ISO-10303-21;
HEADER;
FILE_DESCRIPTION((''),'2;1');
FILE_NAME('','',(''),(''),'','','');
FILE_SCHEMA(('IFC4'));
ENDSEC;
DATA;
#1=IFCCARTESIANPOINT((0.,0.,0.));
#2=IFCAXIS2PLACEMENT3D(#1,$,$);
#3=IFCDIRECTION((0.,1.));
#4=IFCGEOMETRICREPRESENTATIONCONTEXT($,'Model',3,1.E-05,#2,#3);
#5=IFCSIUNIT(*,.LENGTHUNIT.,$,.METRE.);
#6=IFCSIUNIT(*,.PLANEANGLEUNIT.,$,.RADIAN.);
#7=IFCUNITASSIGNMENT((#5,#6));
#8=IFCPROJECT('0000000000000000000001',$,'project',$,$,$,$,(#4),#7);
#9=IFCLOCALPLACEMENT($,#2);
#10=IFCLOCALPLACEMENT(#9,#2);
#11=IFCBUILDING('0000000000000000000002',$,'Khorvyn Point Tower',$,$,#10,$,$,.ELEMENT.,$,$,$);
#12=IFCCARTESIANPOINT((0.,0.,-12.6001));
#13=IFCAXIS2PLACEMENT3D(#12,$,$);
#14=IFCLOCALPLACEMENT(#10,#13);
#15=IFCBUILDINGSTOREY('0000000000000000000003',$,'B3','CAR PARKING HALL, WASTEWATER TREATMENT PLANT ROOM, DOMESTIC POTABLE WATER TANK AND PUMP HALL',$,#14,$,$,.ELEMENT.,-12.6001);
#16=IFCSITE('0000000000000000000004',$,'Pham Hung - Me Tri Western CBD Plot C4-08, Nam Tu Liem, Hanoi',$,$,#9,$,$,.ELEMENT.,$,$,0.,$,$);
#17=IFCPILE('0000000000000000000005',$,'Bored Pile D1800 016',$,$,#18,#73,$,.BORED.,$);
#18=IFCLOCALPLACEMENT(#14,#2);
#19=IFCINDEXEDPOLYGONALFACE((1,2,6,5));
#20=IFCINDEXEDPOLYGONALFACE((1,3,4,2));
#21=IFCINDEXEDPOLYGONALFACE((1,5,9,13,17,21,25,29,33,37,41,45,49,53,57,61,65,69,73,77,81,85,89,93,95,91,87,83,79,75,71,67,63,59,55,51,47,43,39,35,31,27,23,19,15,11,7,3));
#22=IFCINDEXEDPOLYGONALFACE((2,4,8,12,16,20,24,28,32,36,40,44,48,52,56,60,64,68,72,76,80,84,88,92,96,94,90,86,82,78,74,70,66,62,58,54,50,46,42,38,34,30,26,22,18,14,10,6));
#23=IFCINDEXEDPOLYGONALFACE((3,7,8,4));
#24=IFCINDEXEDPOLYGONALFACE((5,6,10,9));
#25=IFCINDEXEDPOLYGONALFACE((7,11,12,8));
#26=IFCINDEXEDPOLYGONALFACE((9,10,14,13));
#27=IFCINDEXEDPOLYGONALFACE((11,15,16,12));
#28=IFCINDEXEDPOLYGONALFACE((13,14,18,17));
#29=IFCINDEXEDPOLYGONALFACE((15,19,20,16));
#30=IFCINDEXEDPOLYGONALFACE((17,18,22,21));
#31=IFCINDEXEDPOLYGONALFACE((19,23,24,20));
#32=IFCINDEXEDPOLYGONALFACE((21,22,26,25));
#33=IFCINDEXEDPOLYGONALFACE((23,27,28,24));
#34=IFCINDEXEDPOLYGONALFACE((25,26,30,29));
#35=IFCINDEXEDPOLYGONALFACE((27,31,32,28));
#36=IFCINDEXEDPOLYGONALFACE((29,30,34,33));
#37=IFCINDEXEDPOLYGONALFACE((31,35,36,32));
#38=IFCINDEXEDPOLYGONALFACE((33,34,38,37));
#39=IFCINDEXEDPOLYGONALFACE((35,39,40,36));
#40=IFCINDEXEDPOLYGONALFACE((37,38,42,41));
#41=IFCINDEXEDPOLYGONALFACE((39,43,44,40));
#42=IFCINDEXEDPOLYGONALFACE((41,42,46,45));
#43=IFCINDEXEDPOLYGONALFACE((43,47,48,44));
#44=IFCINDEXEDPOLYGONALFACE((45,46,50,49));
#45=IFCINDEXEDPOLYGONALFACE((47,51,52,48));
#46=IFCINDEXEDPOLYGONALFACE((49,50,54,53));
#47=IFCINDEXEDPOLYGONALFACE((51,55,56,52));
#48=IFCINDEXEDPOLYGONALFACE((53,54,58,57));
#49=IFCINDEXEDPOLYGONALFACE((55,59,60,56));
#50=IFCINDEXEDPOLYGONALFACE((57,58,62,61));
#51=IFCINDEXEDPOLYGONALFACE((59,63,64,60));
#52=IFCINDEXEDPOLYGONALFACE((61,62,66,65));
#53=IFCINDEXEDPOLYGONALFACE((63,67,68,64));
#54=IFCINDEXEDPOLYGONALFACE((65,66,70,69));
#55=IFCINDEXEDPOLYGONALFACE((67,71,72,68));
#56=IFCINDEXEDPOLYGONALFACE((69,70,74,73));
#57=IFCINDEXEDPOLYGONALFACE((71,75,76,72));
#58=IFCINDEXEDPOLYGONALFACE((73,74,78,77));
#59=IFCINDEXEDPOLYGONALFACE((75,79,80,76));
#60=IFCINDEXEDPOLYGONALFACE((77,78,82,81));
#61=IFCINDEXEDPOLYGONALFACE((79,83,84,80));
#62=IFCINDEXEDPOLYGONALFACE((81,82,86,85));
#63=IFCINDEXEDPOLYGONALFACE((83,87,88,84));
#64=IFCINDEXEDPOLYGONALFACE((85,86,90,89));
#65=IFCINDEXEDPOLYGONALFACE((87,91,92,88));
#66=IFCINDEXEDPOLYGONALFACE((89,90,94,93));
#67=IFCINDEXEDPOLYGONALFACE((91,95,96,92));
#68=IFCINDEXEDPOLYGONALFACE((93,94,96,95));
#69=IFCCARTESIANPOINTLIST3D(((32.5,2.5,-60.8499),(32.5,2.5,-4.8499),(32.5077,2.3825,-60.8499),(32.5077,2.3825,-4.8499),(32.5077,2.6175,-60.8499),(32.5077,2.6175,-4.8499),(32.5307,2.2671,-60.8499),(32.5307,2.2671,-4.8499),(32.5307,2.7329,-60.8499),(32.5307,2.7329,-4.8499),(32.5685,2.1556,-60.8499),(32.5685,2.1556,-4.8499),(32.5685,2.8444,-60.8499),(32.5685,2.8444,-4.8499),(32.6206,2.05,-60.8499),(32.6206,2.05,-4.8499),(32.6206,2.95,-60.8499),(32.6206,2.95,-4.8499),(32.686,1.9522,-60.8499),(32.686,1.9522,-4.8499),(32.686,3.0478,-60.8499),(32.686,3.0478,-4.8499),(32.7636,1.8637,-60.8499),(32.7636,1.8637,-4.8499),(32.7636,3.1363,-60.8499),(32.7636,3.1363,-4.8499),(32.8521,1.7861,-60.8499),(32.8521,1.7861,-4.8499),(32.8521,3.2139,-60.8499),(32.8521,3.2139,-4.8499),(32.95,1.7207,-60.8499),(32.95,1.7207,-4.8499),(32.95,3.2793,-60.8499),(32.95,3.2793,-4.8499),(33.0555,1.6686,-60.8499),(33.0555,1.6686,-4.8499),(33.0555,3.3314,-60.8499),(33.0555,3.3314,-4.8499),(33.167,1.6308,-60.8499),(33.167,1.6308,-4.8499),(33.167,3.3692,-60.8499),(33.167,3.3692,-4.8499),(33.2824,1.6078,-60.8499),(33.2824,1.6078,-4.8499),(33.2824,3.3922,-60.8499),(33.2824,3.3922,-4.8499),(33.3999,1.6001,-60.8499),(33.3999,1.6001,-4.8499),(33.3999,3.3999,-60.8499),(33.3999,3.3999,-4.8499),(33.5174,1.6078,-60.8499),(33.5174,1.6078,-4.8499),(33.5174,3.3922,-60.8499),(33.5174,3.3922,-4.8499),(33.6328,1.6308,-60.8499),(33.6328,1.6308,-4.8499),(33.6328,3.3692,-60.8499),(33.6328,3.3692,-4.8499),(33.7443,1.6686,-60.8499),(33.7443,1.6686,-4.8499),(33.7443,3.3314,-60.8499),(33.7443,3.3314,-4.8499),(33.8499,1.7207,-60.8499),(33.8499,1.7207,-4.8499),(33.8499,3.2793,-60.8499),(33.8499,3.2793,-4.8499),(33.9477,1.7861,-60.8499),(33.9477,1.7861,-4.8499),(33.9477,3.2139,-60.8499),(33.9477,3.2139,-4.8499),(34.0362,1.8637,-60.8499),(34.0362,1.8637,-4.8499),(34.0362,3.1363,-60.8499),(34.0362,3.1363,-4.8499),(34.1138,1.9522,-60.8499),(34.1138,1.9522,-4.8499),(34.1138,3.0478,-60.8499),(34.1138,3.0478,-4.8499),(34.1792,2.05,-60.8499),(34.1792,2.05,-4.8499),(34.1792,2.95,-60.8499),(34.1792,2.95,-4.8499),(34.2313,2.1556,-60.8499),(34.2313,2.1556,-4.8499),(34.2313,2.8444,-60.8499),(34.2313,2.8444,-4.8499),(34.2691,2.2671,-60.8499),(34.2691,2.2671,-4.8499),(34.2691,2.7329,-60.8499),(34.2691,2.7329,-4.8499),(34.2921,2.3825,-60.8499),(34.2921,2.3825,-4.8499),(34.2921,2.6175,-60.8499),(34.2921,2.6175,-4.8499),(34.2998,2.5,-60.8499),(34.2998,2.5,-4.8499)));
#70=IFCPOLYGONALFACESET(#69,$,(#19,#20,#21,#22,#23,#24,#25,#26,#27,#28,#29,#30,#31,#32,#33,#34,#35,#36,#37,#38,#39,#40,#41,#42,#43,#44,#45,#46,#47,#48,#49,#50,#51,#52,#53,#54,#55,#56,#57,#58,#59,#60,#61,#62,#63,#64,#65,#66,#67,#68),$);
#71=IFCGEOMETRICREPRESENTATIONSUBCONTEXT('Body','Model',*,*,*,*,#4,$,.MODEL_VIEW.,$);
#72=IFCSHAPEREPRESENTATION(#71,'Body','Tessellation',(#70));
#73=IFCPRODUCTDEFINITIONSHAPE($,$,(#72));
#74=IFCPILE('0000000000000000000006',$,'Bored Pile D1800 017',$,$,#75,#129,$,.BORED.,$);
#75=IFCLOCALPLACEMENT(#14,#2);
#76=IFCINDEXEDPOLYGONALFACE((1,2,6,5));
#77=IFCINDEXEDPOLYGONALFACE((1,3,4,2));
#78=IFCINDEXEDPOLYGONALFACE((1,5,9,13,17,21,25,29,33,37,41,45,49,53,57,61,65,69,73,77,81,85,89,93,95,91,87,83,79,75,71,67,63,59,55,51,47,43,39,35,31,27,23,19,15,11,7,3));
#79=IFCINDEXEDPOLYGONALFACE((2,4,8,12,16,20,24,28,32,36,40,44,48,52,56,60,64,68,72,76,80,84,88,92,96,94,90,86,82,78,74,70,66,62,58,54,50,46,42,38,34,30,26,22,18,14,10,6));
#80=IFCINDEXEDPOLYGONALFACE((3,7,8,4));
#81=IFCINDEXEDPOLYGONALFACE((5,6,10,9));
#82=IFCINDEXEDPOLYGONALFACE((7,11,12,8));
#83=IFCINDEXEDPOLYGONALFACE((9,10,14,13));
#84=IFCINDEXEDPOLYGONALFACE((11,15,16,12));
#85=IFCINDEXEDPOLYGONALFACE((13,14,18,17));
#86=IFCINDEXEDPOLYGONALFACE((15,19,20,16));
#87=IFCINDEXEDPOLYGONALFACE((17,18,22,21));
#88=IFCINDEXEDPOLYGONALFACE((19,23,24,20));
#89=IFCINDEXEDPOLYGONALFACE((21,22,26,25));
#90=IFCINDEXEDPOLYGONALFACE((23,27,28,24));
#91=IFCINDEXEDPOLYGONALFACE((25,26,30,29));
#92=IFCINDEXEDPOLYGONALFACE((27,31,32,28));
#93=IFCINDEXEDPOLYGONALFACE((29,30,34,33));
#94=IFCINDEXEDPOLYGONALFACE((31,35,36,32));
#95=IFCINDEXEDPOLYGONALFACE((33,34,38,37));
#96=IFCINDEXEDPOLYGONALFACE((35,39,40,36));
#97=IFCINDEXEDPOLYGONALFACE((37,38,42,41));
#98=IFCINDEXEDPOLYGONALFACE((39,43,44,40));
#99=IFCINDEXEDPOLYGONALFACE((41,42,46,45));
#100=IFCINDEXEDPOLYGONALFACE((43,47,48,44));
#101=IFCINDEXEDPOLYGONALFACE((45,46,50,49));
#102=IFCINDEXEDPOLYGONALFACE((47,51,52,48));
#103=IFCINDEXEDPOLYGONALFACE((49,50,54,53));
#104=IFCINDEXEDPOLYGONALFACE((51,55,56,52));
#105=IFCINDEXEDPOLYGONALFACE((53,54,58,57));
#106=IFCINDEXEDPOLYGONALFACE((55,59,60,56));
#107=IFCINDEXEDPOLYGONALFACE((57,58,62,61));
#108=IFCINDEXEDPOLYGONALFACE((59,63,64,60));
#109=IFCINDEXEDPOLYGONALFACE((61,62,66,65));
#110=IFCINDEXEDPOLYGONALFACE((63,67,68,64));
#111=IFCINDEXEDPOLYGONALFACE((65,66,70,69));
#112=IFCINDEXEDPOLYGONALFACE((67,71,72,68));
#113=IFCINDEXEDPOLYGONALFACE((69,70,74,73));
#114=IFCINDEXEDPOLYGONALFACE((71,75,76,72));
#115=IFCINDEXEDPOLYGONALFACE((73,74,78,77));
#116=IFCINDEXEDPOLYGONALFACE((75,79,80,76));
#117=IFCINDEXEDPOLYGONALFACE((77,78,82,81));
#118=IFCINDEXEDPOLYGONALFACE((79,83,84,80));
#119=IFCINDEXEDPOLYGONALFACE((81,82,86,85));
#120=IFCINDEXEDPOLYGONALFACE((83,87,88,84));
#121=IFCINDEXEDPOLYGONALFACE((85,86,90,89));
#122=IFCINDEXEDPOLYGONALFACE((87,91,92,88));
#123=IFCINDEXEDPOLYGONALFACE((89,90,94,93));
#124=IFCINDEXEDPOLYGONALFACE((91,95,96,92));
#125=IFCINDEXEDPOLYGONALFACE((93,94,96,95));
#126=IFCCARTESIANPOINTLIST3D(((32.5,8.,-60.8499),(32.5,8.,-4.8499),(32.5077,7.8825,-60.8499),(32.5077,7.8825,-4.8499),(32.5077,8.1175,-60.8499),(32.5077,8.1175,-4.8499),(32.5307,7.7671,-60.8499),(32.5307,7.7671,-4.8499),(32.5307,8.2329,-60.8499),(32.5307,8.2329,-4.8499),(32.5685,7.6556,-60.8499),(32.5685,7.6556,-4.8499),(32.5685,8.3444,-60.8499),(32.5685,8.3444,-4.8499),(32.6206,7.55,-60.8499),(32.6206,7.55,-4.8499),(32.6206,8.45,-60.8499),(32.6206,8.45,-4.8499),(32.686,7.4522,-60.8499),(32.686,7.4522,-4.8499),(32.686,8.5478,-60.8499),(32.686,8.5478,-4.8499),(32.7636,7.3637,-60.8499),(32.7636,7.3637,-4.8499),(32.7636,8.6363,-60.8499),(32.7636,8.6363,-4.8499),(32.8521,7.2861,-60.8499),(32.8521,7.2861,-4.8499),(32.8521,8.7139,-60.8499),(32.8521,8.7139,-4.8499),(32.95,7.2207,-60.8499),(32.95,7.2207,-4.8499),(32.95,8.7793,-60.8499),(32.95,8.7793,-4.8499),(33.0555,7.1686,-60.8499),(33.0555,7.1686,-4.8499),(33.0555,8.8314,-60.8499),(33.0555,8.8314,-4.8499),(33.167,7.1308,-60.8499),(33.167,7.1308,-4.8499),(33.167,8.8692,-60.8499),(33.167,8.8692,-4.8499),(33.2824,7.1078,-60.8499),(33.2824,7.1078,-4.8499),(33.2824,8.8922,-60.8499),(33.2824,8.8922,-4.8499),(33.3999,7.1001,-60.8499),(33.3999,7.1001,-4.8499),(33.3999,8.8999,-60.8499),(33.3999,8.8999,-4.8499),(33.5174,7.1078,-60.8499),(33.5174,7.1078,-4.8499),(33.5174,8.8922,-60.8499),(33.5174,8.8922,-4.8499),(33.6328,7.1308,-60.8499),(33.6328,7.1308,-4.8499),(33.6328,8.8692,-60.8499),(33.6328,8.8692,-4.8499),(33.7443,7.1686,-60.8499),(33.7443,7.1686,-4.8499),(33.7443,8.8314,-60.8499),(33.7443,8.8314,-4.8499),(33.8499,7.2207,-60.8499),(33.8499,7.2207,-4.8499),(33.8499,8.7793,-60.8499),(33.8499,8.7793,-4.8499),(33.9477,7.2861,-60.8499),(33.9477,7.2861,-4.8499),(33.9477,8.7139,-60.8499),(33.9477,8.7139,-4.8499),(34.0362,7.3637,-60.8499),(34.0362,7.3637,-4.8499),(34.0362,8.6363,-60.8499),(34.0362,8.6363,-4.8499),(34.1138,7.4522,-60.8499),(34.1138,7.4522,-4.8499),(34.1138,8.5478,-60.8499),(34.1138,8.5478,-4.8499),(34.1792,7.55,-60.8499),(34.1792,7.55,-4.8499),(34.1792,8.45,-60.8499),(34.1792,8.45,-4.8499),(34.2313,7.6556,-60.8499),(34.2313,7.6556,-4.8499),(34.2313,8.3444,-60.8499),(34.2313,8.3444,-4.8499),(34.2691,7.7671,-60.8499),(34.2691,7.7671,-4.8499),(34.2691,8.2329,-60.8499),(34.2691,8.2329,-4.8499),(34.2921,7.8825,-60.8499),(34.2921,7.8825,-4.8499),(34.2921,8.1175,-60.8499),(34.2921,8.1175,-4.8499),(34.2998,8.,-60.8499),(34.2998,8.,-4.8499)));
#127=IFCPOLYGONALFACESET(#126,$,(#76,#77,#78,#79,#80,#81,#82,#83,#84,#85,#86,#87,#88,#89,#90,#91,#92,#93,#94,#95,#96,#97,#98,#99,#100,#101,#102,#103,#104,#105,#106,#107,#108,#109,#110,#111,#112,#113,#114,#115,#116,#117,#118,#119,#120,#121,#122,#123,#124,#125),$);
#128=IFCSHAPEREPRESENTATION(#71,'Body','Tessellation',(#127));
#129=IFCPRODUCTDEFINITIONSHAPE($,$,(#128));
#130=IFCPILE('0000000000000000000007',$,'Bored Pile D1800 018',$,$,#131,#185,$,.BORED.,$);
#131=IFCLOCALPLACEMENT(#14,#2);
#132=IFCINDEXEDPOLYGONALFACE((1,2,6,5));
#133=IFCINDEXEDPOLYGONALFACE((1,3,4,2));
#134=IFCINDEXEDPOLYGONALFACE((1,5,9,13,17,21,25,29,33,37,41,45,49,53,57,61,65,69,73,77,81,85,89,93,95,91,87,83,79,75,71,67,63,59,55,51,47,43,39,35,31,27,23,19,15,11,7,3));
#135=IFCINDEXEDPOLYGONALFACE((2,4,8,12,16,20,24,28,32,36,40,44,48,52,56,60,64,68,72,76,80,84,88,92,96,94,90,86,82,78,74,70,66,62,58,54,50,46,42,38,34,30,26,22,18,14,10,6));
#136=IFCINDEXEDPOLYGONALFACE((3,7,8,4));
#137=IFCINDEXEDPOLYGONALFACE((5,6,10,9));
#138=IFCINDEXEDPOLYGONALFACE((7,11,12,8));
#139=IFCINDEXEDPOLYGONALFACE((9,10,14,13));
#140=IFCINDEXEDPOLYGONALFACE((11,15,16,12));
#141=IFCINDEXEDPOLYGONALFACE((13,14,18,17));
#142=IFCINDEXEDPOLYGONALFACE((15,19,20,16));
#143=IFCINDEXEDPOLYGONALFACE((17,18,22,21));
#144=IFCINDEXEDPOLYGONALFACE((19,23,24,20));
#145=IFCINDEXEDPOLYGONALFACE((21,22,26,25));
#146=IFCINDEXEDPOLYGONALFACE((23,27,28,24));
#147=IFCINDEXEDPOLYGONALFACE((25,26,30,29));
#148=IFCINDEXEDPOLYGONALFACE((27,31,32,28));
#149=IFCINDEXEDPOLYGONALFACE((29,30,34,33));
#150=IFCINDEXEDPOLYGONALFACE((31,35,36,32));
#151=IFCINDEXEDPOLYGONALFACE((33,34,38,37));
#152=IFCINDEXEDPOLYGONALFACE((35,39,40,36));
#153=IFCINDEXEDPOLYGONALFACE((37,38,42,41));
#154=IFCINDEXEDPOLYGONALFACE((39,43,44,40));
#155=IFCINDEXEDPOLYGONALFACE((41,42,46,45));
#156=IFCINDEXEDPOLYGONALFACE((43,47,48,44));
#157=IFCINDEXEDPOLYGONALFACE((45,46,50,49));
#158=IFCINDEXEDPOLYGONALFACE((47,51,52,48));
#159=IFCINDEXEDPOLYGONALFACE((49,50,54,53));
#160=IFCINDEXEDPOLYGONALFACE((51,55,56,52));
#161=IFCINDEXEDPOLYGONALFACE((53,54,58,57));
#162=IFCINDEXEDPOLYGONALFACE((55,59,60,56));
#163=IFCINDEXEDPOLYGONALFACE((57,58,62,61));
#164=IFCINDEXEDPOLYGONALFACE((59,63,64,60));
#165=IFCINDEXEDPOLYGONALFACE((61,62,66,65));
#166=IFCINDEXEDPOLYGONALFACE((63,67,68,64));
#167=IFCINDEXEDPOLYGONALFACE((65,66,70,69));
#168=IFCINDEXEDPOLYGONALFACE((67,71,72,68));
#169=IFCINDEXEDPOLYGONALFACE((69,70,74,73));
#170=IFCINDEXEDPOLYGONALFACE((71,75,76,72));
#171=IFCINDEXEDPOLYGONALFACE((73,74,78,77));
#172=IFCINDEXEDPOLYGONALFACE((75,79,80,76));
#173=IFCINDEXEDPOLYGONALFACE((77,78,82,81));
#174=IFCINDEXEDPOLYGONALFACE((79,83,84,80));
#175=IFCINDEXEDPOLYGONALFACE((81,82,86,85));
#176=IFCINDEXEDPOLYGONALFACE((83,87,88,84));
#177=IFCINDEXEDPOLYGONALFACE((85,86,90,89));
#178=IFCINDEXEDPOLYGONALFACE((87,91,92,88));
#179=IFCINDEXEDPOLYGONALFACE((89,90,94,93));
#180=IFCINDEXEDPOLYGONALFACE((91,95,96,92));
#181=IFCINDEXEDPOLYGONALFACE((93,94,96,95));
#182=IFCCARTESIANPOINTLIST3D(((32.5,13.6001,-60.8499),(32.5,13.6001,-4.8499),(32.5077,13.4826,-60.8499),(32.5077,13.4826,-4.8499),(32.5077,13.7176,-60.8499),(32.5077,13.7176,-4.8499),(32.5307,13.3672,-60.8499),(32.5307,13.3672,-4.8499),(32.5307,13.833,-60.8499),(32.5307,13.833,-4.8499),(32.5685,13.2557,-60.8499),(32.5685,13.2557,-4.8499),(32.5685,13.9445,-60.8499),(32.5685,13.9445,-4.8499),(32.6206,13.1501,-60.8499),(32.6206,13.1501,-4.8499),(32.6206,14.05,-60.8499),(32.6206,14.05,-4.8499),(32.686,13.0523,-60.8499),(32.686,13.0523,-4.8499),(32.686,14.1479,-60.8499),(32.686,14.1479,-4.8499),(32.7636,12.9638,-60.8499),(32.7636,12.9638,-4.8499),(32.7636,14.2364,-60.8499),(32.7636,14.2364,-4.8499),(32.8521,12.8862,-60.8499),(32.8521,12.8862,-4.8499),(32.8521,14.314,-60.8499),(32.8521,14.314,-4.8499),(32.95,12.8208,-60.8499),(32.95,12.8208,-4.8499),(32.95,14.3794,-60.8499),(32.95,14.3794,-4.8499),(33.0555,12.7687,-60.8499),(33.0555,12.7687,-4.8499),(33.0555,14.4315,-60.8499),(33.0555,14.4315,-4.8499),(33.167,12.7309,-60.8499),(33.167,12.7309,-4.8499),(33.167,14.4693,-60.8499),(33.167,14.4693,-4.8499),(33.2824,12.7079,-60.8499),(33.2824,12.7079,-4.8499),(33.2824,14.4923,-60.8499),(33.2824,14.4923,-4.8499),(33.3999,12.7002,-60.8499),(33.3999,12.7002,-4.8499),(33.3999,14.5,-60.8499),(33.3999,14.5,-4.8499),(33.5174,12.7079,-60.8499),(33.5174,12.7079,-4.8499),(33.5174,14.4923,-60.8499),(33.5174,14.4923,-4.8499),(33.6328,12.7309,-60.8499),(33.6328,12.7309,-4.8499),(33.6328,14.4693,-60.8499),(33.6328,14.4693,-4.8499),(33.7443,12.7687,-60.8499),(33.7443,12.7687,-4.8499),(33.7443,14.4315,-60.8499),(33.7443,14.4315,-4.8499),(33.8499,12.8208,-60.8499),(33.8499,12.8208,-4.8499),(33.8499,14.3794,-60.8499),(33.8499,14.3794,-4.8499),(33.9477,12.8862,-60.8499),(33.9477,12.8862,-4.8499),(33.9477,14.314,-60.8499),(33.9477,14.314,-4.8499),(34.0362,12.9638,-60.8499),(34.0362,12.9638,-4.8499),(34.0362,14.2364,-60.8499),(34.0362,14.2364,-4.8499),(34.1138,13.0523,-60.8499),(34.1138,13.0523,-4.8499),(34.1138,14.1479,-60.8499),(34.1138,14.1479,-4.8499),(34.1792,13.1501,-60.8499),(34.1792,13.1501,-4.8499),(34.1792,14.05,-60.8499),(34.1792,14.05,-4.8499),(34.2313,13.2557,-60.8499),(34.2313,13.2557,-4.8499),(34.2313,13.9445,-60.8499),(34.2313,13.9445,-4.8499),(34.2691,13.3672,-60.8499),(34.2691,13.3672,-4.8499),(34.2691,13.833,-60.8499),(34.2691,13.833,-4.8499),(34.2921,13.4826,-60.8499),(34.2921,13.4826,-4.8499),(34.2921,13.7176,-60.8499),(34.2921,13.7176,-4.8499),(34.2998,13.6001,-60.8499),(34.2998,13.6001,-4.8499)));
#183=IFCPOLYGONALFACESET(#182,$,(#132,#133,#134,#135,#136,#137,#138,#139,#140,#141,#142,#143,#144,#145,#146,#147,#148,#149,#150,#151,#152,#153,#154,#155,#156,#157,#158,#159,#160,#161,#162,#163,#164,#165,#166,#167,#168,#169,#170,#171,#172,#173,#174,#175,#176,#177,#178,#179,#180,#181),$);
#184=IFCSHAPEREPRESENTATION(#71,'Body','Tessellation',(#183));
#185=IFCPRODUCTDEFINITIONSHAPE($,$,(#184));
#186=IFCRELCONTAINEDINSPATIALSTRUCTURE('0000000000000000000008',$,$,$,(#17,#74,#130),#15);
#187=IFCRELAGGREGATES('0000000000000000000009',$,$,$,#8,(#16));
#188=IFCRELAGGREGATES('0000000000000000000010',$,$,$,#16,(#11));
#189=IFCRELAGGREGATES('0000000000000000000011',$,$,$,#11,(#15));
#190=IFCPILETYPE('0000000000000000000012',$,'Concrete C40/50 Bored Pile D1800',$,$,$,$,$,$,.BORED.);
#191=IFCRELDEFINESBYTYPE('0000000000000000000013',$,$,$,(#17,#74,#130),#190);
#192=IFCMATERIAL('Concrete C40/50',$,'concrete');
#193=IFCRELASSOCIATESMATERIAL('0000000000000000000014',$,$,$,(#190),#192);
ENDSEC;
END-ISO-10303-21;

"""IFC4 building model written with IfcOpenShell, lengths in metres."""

from ifc_helpers import new_model, si_unit, direction, frame, origin, origin_2d, place, context, subcontext, project, spatial, circle, extrude, material, material_profile, profile_set, type_object, element, save


model = new_model("IFC4")

# Units and contexts
model_context = context("Model", 3, precision=1e-05, world=origin(), true_north=direction((0.0, 1.0)))
body_context = subcontext(model_context, "Body", "Model", "MODEL_VIEW")
ifc_project = project(units=[si_unit("LENGTHUNIT", "METRE"), si_unit("PLANEANGLEUNIT", "RADIAN")], contexts=[model_context])

# Site, building, storey
site_placement = place(None, origin())
site = spatial("IfcSite", under=ifc_project, at=site_placement, Name="Pham Hung - Me Tri Western CBD Plot C4-08, Nam Tu Liem, Hanoi", CompositionType="ELEMENT", RefElevation=0.0)
building_placement = place(site_placement, origin())
building = spatial("IfcBuilding", under=site, at=building_placement, Name="Khorvyn Point Tower", CompositionType="ELEMENT")
storey_placement = place(building_placement, frame((0.0, 0.0, -12.6001)))
storey = spatial("IfcBuildingStorey", under=building, at=storey_placement, Name="B3", Description="CAR PARKING HALL, WASTEWATER TREATMENT PLANT ROOM, DOMESTIC POTABLE WATER TANK AND PUMP HALL", CompositionType="ELEMENT", Elevation=-12.6001)

# Piles
ifc_material_1 = material(Name="Concrete C40/50", Category="concrete")
ifc_material_profile_1 = material_profile(ifc_material_1, circle(Radius=0.8999, at=origin_2d()))
ifc_profile_set_1 = profile_set([ifc_material_profile_1], Name="Concrete C40/50 PILE-D1800")
pile_type_1 = type_object("IfcPileType", Name="Concrete C40/50 Bored Pile D1800", PredefinedType="BORED", material=ifc_profile_set_1)
for number, where, z_axis, x_axis, name in (
    (1, (33.3999, 2.5, -4.8499), (0.0, 0.0, -1.0), (1.0, 0.0, 0.0), "Bored Pile D1800 016"),
    (2, (33.3999, 8.0, -4.8499), (0.0, 0.0, -1.0), (1.0, 0.0, 0.0), "Bored Pile D1800 017"),
    (3, (33.3999, 13.6001, -4.8499), (0.0, 0.0, -1.0), (1.0, 0.0, 0.0), "Bored Pile D1800 018"),
):
    element("IfcPile", number, at=place(storey_placement, frame(where, z_axis=z_axis, x_axis=x_axis)), inside=storey, type_object=pile_type_1, Name=name, PredefinedType="BORED", context=body_context, shape_type="SweptSolid", body=[
        extrude(circle(Radius=0.8999, at=origin_2d()), origin(), (0.0, 0.0, 1.0), 56.0),
    ])

save(model, "model.ifc")
